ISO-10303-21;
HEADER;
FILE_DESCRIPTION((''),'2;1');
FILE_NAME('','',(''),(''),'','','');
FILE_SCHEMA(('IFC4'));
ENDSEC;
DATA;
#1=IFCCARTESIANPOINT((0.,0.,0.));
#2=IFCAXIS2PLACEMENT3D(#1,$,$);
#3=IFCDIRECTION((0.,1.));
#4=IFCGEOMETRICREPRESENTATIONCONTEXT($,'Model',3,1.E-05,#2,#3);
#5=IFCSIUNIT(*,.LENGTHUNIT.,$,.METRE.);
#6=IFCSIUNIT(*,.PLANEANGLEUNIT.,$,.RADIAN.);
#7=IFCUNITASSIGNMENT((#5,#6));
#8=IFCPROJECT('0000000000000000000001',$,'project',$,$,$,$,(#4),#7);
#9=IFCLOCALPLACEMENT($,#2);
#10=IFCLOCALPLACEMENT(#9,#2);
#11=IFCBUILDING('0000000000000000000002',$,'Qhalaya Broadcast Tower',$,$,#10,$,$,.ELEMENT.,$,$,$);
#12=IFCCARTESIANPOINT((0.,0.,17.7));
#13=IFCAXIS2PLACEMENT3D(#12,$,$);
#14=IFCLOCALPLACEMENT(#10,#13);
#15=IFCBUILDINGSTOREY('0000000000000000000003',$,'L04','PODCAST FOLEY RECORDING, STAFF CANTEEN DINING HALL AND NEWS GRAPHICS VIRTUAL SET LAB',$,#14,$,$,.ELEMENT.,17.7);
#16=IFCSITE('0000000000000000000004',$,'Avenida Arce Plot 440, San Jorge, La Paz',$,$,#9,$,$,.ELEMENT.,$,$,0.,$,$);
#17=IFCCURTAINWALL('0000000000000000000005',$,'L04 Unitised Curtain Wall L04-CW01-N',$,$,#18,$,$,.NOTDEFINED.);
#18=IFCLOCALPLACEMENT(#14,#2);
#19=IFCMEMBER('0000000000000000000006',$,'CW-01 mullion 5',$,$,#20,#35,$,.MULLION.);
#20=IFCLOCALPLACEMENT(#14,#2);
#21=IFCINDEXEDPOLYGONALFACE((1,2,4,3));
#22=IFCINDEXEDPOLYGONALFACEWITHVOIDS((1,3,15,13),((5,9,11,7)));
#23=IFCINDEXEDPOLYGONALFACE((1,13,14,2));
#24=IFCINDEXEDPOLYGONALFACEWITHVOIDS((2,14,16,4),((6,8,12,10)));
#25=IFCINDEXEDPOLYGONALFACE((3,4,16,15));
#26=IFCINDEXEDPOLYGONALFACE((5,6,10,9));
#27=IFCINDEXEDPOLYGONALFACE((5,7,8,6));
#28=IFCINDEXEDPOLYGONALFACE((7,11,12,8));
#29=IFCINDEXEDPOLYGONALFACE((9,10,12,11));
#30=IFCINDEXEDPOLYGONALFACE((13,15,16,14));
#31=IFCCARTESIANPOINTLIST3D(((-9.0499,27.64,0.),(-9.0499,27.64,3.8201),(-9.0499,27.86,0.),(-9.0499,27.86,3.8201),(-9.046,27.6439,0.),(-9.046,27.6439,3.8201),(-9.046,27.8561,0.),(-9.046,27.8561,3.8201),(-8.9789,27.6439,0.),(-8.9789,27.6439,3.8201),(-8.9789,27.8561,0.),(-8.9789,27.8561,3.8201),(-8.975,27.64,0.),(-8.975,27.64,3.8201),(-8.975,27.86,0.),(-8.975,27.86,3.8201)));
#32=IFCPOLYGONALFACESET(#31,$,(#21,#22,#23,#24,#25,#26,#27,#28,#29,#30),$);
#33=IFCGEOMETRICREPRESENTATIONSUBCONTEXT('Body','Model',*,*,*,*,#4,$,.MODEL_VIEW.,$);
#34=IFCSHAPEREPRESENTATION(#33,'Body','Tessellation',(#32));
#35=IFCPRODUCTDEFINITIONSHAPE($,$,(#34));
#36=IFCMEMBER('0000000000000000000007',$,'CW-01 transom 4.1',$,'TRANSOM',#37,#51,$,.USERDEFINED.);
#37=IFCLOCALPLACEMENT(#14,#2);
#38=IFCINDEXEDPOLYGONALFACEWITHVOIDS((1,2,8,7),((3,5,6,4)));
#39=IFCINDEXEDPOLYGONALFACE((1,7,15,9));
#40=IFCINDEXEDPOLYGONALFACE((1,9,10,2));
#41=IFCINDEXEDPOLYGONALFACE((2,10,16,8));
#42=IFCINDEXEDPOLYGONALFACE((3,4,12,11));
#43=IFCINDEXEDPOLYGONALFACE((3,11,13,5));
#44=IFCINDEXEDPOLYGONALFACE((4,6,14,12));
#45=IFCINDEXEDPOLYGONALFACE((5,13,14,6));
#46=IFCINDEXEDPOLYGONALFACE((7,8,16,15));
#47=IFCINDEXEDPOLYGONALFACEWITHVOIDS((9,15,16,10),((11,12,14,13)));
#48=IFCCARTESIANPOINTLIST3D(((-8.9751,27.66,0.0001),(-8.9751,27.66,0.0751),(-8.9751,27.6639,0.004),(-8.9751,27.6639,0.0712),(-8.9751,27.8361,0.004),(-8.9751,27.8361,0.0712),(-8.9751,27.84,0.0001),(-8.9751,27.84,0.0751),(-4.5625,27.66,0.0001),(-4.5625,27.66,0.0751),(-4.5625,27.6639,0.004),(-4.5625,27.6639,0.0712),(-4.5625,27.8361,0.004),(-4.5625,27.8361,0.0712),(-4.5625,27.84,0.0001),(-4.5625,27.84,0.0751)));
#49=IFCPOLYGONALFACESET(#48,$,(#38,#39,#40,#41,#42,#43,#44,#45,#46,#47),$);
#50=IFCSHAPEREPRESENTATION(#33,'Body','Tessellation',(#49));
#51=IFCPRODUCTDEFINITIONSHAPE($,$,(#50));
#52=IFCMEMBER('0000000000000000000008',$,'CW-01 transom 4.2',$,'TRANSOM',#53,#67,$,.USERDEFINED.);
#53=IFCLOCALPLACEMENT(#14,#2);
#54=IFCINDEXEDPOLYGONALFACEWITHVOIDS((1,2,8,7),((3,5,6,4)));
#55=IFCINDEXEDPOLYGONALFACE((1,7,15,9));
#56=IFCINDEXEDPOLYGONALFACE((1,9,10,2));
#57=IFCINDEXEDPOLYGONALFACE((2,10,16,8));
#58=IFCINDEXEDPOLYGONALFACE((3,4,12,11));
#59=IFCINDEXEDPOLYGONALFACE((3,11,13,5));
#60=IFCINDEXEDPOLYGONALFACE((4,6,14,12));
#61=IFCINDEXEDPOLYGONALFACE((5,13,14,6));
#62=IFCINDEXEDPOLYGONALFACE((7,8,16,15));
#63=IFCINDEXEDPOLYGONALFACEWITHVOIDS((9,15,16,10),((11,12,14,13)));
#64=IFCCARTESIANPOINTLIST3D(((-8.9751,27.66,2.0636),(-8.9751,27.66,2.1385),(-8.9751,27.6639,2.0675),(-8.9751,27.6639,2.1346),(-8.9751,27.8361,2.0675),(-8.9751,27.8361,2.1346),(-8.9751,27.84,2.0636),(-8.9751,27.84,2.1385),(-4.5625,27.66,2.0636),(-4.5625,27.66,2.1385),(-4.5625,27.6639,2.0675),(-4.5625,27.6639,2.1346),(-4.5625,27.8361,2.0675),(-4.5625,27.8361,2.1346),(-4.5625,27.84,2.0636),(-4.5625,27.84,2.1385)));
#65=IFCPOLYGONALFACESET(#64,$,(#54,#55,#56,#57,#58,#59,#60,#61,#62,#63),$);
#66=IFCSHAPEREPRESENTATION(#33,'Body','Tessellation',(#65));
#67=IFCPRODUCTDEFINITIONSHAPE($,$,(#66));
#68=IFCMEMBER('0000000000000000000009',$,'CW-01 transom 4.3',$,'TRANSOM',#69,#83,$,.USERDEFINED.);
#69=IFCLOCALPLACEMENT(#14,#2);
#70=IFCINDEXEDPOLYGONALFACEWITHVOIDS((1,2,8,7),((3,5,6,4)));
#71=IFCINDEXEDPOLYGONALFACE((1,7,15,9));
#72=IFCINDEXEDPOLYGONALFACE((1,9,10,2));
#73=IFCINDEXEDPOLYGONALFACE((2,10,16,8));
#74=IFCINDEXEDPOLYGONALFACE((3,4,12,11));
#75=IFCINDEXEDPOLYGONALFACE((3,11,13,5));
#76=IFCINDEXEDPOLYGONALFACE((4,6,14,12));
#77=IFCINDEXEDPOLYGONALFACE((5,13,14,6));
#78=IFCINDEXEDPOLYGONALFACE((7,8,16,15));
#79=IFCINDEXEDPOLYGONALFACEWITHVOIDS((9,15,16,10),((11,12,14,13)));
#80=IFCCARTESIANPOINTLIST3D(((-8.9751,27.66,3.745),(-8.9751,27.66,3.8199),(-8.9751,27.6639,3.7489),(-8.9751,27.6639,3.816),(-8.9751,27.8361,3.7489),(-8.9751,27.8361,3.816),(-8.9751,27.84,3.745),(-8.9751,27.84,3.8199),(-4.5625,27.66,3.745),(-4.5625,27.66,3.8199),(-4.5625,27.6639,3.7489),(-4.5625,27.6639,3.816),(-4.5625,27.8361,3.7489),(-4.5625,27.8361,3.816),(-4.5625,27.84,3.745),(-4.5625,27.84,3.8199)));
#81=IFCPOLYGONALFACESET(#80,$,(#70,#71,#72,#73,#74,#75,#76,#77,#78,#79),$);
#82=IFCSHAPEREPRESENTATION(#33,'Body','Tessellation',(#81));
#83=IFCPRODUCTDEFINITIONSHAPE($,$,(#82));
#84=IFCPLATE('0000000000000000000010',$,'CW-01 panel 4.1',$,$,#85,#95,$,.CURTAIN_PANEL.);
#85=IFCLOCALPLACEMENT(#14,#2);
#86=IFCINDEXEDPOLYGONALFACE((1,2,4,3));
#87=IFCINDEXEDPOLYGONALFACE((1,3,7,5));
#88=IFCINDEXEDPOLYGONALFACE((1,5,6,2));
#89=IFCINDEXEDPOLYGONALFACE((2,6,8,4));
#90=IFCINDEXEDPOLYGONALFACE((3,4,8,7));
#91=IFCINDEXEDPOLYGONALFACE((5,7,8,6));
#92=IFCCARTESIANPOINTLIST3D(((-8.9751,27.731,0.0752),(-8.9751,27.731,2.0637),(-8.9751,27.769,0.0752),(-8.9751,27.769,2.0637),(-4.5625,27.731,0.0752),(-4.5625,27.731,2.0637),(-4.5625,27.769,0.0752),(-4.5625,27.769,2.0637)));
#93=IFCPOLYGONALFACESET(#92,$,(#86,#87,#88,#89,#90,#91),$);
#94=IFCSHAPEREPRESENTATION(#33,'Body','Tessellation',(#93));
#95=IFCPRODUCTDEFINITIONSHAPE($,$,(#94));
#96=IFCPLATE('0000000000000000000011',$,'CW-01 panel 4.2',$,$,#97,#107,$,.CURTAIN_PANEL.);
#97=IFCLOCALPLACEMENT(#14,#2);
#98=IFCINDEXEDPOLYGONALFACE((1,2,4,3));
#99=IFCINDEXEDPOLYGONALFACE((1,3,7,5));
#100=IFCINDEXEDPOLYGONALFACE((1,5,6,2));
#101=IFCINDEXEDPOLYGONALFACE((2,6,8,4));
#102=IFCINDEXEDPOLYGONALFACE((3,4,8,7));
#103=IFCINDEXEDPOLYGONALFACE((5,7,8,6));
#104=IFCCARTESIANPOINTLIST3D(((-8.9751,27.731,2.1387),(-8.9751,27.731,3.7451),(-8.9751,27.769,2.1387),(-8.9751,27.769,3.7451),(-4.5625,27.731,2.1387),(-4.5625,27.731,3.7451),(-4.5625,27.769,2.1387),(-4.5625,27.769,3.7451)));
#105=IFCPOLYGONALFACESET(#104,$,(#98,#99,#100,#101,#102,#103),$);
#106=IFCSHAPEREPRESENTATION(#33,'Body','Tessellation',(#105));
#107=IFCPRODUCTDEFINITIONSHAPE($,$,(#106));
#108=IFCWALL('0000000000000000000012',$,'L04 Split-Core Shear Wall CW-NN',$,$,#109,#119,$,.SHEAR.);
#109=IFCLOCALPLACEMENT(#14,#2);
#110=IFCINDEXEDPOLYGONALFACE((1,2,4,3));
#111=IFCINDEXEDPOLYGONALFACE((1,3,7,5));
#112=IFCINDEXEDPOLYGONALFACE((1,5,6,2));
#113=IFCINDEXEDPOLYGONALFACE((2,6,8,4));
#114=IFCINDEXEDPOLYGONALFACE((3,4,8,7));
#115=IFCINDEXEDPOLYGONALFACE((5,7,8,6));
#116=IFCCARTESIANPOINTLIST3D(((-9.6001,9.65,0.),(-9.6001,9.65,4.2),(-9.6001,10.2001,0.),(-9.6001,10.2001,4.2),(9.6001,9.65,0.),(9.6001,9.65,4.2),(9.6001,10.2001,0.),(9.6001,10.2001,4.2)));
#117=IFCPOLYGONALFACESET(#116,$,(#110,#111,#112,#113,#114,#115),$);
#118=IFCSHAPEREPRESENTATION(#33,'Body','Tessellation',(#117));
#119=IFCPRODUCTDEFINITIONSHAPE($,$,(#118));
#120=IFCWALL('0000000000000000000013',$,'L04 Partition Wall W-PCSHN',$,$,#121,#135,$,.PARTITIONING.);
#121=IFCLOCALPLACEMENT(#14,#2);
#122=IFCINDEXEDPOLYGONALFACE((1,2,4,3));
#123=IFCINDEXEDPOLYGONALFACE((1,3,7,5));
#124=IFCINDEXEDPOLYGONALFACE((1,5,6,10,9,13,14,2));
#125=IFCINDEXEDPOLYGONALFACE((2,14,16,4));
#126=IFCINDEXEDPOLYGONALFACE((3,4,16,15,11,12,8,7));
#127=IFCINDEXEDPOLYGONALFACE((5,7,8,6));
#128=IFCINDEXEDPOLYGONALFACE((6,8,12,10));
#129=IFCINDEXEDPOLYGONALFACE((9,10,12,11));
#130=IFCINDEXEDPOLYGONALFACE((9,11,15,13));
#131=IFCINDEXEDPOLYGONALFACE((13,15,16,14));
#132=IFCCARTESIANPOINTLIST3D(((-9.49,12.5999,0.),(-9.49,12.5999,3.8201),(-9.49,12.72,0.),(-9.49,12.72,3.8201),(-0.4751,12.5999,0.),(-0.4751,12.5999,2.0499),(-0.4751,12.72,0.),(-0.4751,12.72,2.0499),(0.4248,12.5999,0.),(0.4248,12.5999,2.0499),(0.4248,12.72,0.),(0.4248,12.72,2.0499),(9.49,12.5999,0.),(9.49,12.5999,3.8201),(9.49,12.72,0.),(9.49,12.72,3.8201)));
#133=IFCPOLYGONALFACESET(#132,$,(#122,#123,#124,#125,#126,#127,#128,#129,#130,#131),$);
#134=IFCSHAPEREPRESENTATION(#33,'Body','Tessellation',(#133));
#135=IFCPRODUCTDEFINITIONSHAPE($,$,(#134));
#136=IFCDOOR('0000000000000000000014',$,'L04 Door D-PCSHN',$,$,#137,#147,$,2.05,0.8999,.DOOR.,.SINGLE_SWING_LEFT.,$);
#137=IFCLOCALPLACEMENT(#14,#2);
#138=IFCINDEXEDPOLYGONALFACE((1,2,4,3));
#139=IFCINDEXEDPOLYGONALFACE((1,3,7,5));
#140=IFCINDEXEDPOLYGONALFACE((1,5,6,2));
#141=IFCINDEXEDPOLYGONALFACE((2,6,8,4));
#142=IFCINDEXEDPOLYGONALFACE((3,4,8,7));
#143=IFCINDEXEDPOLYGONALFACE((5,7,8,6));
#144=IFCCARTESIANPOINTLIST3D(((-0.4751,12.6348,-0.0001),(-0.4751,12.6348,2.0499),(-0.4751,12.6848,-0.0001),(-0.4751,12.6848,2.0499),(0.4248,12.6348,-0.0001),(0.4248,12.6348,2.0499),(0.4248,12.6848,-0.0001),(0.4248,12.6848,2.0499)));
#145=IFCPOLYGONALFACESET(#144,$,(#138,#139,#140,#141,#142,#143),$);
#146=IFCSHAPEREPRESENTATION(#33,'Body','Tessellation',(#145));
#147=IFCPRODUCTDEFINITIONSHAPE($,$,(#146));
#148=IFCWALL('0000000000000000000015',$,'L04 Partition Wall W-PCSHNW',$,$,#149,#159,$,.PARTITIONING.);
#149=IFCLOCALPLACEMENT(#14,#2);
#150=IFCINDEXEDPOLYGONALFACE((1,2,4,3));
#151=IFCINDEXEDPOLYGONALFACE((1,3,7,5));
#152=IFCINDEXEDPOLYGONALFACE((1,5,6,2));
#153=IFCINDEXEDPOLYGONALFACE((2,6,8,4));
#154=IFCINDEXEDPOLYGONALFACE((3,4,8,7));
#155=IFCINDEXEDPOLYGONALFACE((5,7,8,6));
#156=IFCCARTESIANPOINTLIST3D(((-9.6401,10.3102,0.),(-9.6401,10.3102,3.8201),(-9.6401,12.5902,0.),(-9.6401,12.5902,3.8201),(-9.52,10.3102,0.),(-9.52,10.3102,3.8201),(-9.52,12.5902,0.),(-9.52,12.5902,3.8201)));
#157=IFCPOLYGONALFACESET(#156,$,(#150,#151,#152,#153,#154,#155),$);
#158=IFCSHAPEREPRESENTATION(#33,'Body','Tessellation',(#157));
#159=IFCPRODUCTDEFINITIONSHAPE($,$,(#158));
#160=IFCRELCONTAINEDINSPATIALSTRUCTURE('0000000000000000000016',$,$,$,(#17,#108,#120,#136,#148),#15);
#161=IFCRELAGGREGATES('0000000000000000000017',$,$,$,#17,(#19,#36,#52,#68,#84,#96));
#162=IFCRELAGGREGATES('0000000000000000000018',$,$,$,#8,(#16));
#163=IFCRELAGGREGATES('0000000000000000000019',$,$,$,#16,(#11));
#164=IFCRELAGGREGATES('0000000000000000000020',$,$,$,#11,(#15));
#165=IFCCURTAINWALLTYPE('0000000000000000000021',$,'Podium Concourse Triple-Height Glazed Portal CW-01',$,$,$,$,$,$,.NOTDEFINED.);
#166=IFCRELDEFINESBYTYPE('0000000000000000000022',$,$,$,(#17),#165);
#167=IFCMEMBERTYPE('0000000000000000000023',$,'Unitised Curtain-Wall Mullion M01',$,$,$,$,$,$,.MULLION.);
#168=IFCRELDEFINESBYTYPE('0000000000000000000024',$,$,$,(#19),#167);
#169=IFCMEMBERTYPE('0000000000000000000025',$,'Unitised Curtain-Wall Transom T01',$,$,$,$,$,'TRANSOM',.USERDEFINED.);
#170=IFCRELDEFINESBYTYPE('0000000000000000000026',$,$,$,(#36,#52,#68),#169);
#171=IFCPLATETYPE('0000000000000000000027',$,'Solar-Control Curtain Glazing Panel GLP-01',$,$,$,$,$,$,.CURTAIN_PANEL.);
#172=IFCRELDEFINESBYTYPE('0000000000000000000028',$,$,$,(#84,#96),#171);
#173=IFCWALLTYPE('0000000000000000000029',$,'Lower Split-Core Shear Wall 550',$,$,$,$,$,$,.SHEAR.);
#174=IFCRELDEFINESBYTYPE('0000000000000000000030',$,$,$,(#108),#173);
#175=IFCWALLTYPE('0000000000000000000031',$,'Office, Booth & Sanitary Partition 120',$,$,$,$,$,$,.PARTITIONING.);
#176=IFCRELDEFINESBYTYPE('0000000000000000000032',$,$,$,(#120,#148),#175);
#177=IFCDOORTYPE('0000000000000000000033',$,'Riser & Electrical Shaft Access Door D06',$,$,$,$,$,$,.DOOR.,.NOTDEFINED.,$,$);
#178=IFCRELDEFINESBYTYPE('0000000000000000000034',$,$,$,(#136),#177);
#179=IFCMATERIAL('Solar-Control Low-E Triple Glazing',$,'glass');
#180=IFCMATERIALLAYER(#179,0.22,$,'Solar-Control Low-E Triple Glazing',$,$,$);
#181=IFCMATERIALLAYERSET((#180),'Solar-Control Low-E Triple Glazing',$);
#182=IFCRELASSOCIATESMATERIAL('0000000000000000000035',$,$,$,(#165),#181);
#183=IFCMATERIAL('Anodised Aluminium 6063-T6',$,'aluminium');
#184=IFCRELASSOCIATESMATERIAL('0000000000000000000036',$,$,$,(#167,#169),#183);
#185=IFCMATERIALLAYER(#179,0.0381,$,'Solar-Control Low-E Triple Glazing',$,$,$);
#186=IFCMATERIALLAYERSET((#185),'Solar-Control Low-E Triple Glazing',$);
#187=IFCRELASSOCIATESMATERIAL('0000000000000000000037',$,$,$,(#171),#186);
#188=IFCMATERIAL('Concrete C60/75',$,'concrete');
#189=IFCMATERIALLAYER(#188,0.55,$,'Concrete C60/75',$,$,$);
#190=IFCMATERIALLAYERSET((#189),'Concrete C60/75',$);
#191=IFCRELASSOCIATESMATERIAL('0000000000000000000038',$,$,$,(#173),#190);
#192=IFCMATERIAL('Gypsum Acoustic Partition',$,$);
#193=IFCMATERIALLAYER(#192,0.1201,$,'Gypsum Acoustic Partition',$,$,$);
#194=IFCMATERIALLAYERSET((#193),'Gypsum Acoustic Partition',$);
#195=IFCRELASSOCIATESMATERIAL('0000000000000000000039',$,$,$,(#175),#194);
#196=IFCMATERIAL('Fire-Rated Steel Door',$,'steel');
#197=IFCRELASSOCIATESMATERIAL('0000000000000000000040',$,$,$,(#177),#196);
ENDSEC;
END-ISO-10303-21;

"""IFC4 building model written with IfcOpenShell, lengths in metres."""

from ifc_helpers import new_model, si_unit, direction, frame, frame_2d, origin, origin_2d, place, context, subcontext, project, spatial, rectangle, hollow_rectangle, extrude, material, layer, layer_set, material_profile, profile_set, type_object, element, fill, aggregate, save


model = new_model("IFC4")

# Units and contexts
model_context = context("Model", 3, precision=1e-05, world=origin(), true_north=direction((0.0, 1.0)))
body_context = subcontext(model_context, "Body", "Model", "MODEL_VIEW")
ifc_project = project(units=[si_unit("LENGTHUNIT", "METRE"), si_unit("PLANEANGLEUNIT", "RADIAN")], contexts=[model_context])

# Site, building, storey
site_placement = place(None, origin())
site = spatial("IfcSite", under=ifc_project, at=site_placement, Name="Avenida Arce Plot 440, San Jorge, La Paz", CompositionType="ELEMENT", RefElevation=0.0)
building_placement = place(site_placement, origin())
building = spatial("IfcBuilding", under=site, at=building_placement, Name="Qhalaya Broadcast Tower", CompositionType="ELEMENT")
storey_placement = place(building_placement, frame((0.0, 0.0, 17.7)))
storey = spatial("IfcBuildingStorey", under=building, at=storey_placement, Name="L04", Description="PODCAST FOLEY RECORDING, STAFF CANTEEN DINING HALL AND NEWS GRAPHICS VIRTUAL SET LAB", CompositionType="ELEMENT", Elevation=17.7)

# Shared definitions
ifc_material_1 = material(Name="Concrete C60/75", Category="concrete")

# Curtain wall, members, plates
ifc_material_2 = material(Name="Solar-Control Low-E Triple Glazing", Category="glass")
ifc_layer_1 = layer(ifc_material_2, 0.22, Name="Solar-Control Low-E Triple Glazing")
ifc_layer_set_1 = layer_set([ifc_layer_1], Name="Solar-Control Low-E Triple Glazing")
curtain_wall_type = type_object("IfcCurtainWallType", Name="Podium Concourse Triple-Height Glazed Portal CW-01", PredefinedType="NOTDEFINED", material=ifc_layer_set_1)
curtain_wall_placement = place(storey_placement, origin())
curtain_wall = element("IfcCurtainWall", 1, at=curtain_wall_placement, inside=storey, type_object=curtain_wall_type, Name="L04 Unitised Curtain Wall L04-CW01-N", PredefinedType="NOTDEFINED")
ifc_material_3 = material(Name="Anodised Aluminium 6063-T6", Category="aluminium")
ifc_material_profile_1 = material_profile(ifc_material_3, hollow_rectangle(XDim=0.075, YDim=0.22, WallThickness=0.0039, at=origin_2d()), Name="ALU-MUL 75x220x4")
ifc_profile_set_1 = profile_set([ifc_material_profile_1], Name="Anodised Aluminium 6063-T6")
member_type_1 = type_object("IfcMemberType", Name="Unitised Curtain-Wall Mullion M01", PredefinedType="MULLION", material=ifc_profile_set_1)
member_1_placement = place(storey_placement, frame((-9.0125, 27.75, 0.0), z_axis=(0.0, 0.0, 1.0), x_axis=(-1.0, 0.0, 0.0)))
member_1 = element("IfcMember", 2, at=member_1_placement, type_object=member_type_1, Name="CW-01 mullion 5", PredefinedType="MULLION", context=body_context, shape_type="SweptSolid", body=[
    extrude(hollow_rectangle(XDim=0.075, YDim=0.22, WallThickness=0.0039, at=origin_2d()), origin(), (0.0, 0.0, 1.0), 3.8201),
])
ifc_material_profile_2 = material_profile(ifc_material_3, hollow_rectangle(XDim=0.075, YDim=0.1799, WallThickness=0.0039, at=origin_2d()), Name="ALU-TRN 75x180x4")
ifc_profile_set_2 = profile_set([ifc_material_profile_2], Name="Anodised Aluminium 6063-T6")
member_type_2 = type_object("IfcMemberType", Name="Unitised Curtain-Wall Transom T01", ElementType="TRANSOM", PredefinedType="USERDEFINED", material=ifc_profile_set_2)
member_2_placement = place(storey_placement, frame((-4.5625, 27.75, 0.0376), z_axis=(-1.0, 0.0, 0.0), x_axis=(0.0, 0.0, 1.0)))
member_2 = element("IfcMember", 3, at=member_2_placement, type_object=member_type_2, Name="CW-01 transom 4.1", ObjectType="TRANSOM", PredefinedType="USERDEFINED", context=body_context, shape_type="SweptSolid", body=[
    extrude(hollow_rectangle(XDim=0.075, YDim=0.1799, WallThickness=0.0039, at=origin_2d()), origin(), (0.0, 0.0, 1.0), 4.4126),
])
member_3_placement = place(storey_placement, frame((-4.5625, 27.75, 2.1011), z_axis=(-1.0, 0.0, 0.0), x_axis=(0.0, 0.0, 1.0)))
member_3 = element("IfcMember", 4, at=member_3_placement, type_object=member_type_2, Name="CW-01 transom 4.2", ObjectType="TRANSOM", PredefinedType="USERDEFINED", context=body_context, shape_type="SweptSolid", body=[
    extrude(hollow_rectangle(XDim=0.075, YDim=0.1799, WallThickness=0.0039, at=origin_2d()), origin(), (0.0, 0.0, 1.0), 4.4126),
])
member_4_placement = place(storey_placement, frame((-4.5625, 27.75, 3.7825), z_axis=(-1.0, 0.0, 0.0), x_axis=(0.0, 0.0, 1.0)))
member_4 = element("IfcMember", 5, at=member_4_placement, type_object=member_type_2, Name="CW-01 transom 4.3", ObjectType="TRANSOM", PredefinedType="USERDEFINED", context=body_context, shape_type="SweptSolid", body=[
    extrude(hollow_rectangle(XDim=0.075, YDim=0.1799, WallThickness=0.0039, at=origin_2d()), origin(), (0.0, 0.0, 1.0), 4.4126),
])
ifc_layer_2 = layer(ifc_material_2, 0.0381, Name="Solar-Control Low-E Triple Glazing")
ifc_layer_set_2 = layer_set([ifc_layer_2], Name="Solar-Control Low-E Triple Glazing")
plate_type = type_object("IfcPlateType", Name="Solar-Control Curtain Glazing Panel GLP-01", PredefinedType="CURTAIN_PANEL", material=ifc_layer_set_2)
plate_1_placement = place(storey_placement, frame((-6.7688, 27.75, 0.0752), z_axis=(0.0, 0.0, 1.0), x_axis=(-1.0, 0.0, 0.0)))
plate_1 = element("IfcPlate", 6, at=plate_1_placement, type_object=plate_type, Name="CW-01 panel 4.1", PredefinedType="CURTAIN_PANEL", context=body_context, shape_type="SweptSolid", body=[
    extrude(rectangle(XDim=4.4126, YDim=0.0381, at=origin_2d()), origin(), (0.0, 0.0, 1.0), 1.9885),
])
plate_2_placement = place(storey_placement, frame((-6.7688, 27.75, 2.1387), z_axis=(0.0, 0.0, 1.0), x_axis=(-1.0, 0.0, 0.0)))
plate_2 = element("IfcPlate", 7, at=plate_2_placement, type_object=plate_type, Name="CW-01 panel 4.2", PredefinedType="CURTAIN_PANEL", context=body_context, shape_type="SweptSolid", body=[
    extrude(rectangle(XDim=4.4126, YDim=0.0381, at=origin_2d()), origin(), (0.0, 0.0, 1.0), 1.6064),
])
aggregate(curtain_wall, [member_1, member_2, member_3, member_4, plate_1, plate_2])

# Wall
ifc_layer_3 = layer(ifc_material_1, 0.55, Name="Concrete C60/75")
ifc_layer_set_3 = layer_set([ifc_layer_3], Name="Concrete C60/75")
wall_type_1 = type_object("IfcWallType", Name="Lower Split-Core Shear Wall 550", PredefinedType="SHEAR", material=ifc_layer_set_3)
wall_1_placement = place(storey_placement, frame((-9.6001, 9.925, 0.0), z_axis=(0.0, 0.0, 1.0), x_axis=(1.0, 0.0, 0.0)))
element("IfcWall", 8, at=wall_1_placement, inside=storey, type_object=wall_type_1, Name="L04 Split-Core Shear Wall CW-NN", PredefinedType="SHEAR", context=body_context, shape_type="SweptSolid", body=[
    extrude(rectangle(XDim=19.2002, YDim=0.55, at=frame_2d((9.6001, 0.0))), origin(), (0.0, 0.0, 1.0), 4.2),
])

# Wall, opening, door
ifc_material_4 = material(Name="Gypsum Acoustic Partition")
ifc_layer_4 = layer(ifc_material_4, 0.1201, Name="Gypsum Acoustic Partition")
ifc_layer_set_4 = layer_set([ifc_layer_4], Name="Gypsum Acoustic Partition")
wall_type_2 = type_object("IfcWallType", Name="Office, Booth & Sanitary Partition 120", PredefinedType="PARTITIONING", material=ifc_layer_set_4)
wall_2_placement = place(storey_placement, frame((-9.49, 12.6599, 0.0), z_axis=(0.0, 0.0, 1.0), x_axis=(1.0, 0.0, 0.0)))
wall_2 = element("IfcWall", 9, at=wall_2_placement, inside=storey, type_object=wall_type_2, Name="L04 Partition Wall W-PCSHN", PredefinedType="PARTITIONING", context=body_context, shape_type="SweptSolid", body=[
    extrude(rectangle(XDim=18.98, YDim=0.1201, at=frame_2d((9.49, 0.0))), origin(), (0.0, 0.0, 1.0), 3.8201),
])
opening_placement = place(wall_2_placement, frame((9.0149, 0.0, 0.0)))
opening = element("IfcOpeningElement", 10, at=opening_placement, cuts=wall_2, PredefinedType="OPENING", context=body_context, shape_type="SweptSolid", body=[
    extrude(rectangle(XDim=0.8999, YDim=2.05, at=frame_2d((0.45, 1.0249))), frame((0.0, 0.072, 0.0), z_axis=(0.0, -1.0, 0.0), x_axis=(1.0, 0.0, 0.0)), (0.0, 0.0, 1.0), 0.144),
])
ifc_material_5 = material(Name="Fire-Rated Steel Door", Category="steel")
door_type = type_object("IfcDoorType", Name="Riser & Electrical Shaft Access Door D06", OperationType="NOTDEFINED", PredefinedType="DOOR", material=ifc_material_5)
door_placement = place(opening_placement, origin())
door = element("IfcDoor", 11, at=door_placement, inside=storey, type_object=door_type, Name="L04 Door D-PCSHN", OperationType="SINGLE_SWING_LEFT", OverallHeight=2.05, OverallWidth=0.8999, PredefinedType="DOOR", context=body_context, shape_type="SweptSolid", body=[
    extrude(rectangle(XDim=0.8999, YDim=2.05, at=frame_2d((0.45, 1.0249))), frame((0.0, 0.0249, 0.0), z_axis=(0.0, -1.0, 0.0), x_axis=(1.0, 0.0, 0.0)), (0.0, 0.0, 1.0), 0.05),
])
fill(opening, door)

# Wall
wall_3_placement = place(storey_placement, frame((-9.5801, 10.3101, 0.0), z_axis=(0.0, 0.0, 1.0), x_axis=(0.0, 1.0, 0.0)))
element("IfcWall", 12, at=wall_3_placement, inside=storey, type_object=wall_type_2, Name="L04 Partition Wall W-PCSHNW", PredefinedType="PARTITIONING", context=body_context, shape_type="SweptSolid", body=[
    extrude(rectangle(XDim=2.28, YDim=0.1201, at=frame_2d((1.1401, 0.0))), origin(), (0.0, 0.0, 1.0), 3.8201),
])

save(model, "model.ifc")
